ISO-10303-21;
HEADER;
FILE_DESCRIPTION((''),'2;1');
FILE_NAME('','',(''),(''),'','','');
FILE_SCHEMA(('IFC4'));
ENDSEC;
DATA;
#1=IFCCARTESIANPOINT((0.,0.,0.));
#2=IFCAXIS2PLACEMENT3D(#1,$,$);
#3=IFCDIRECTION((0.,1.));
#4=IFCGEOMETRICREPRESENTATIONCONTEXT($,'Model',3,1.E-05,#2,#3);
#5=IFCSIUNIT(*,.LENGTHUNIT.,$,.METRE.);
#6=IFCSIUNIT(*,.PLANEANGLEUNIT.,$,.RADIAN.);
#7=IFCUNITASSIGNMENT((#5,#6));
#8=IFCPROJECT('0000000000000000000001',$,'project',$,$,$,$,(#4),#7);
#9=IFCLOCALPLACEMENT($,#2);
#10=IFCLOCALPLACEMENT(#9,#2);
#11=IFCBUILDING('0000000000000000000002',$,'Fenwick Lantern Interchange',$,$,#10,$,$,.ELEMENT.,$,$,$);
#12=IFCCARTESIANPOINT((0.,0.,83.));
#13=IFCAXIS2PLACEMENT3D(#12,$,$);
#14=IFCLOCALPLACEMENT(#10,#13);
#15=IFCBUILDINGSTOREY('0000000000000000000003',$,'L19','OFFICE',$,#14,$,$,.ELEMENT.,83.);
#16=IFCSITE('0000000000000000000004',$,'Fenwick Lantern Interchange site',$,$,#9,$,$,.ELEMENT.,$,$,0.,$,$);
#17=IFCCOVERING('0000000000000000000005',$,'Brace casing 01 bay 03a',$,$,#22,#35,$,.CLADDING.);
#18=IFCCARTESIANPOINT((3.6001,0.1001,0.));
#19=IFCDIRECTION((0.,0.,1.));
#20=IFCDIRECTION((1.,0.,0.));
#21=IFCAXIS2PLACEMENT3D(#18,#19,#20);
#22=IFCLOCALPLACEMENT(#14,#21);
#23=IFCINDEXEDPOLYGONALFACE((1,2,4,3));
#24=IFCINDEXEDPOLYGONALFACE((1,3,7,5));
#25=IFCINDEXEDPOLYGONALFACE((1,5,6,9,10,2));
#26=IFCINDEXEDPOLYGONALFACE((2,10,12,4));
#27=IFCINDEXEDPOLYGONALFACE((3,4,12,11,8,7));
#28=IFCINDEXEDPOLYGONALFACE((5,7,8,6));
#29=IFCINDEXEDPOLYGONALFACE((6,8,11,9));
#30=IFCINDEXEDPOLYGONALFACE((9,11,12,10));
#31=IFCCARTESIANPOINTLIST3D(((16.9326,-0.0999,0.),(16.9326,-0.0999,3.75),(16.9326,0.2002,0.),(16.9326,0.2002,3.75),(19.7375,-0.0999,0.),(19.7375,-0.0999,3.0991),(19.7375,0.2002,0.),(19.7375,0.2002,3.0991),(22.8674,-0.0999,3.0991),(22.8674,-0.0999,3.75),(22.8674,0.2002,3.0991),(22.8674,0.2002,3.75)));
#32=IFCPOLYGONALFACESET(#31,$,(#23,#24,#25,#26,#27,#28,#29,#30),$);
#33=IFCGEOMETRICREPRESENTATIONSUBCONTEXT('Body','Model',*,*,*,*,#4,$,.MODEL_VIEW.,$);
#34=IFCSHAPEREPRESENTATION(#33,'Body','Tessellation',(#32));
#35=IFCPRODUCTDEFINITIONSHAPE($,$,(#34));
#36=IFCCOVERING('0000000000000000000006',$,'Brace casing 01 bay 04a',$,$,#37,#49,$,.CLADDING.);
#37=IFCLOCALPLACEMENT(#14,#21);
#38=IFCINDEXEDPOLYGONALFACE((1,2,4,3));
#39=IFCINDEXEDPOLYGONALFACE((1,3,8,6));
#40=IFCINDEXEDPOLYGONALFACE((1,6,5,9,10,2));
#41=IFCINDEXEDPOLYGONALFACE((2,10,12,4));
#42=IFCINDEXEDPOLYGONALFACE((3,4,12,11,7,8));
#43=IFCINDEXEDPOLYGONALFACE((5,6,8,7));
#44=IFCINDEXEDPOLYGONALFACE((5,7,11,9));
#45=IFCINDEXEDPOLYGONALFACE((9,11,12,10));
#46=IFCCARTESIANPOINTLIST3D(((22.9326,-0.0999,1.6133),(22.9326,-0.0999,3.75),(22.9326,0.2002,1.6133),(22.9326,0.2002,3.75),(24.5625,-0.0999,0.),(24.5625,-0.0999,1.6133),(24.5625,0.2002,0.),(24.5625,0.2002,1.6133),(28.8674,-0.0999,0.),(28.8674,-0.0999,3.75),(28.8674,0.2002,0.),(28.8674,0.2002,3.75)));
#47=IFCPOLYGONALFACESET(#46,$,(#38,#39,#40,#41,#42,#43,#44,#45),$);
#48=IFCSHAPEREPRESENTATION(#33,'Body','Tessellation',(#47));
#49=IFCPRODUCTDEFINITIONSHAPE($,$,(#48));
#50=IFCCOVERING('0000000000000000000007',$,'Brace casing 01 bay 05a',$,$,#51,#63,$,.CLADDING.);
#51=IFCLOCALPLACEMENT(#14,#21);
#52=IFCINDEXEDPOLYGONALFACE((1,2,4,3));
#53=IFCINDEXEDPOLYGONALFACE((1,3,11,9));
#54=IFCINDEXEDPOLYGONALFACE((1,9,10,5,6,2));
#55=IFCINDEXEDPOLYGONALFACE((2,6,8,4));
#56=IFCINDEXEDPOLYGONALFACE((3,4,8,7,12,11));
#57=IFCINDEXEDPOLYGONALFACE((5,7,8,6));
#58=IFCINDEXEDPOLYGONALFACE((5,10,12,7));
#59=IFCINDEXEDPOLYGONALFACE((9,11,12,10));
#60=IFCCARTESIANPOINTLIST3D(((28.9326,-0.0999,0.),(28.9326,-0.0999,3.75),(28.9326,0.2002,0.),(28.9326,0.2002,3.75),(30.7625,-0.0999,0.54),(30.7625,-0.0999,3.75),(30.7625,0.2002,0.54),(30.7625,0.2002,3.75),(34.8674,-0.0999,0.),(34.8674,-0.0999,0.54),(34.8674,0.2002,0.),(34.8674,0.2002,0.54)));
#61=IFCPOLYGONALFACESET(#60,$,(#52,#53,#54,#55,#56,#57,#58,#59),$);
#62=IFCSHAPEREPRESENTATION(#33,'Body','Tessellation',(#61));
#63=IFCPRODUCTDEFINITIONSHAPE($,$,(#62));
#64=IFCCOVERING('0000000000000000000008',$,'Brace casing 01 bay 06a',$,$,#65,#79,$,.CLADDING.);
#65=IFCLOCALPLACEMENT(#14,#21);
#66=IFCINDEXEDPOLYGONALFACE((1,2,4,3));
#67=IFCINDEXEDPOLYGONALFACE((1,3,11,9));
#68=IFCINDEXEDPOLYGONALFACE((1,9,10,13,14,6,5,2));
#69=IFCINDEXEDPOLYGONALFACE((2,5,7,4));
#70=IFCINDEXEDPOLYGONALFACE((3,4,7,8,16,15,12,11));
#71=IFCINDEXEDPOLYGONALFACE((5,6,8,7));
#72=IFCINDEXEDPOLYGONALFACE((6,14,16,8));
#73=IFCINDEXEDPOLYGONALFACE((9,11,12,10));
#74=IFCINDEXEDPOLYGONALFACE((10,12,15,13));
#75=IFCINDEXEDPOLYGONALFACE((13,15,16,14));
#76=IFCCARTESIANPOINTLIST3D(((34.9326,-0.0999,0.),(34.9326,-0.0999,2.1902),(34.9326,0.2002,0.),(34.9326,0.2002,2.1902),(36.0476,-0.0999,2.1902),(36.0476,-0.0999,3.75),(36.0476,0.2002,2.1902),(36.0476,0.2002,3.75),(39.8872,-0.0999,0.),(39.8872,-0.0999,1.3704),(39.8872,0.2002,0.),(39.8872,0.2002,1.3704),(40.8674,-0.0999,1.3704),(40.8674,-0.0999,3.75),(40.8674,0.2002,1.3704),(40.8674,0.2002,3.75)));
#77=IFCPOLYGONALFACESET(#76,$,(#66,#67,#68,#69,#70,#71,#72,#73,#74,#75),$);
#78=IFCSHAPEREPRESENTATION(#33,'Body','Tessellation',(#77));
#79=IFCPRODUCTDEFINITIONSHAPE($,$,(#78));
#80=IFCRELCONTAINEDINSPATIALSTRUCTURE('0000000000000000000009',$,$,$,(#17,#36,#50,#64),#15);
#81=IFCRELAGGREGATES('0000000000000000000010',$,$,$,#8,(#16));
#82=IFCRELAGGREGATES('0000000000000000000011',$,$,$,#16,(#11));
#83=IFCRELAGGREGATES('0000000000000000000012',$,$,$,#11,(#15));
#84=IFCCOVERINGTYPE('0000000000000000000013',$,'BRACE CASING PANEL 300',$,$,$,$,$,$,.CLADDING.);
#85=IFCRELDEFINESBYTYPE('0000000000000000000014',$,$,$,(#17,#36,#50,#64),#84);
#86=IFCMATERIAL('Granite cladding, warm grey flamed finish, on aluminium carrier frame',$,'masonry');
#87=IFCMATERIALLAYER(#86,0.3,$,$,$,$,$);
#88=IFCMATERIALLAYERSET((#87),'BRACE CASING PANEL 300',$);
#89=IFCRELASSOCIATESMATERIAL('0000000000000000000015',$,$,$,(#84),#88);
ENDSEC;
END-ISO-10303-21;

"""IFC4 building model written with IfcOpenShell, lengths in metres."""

from ifc_helpers import new_model, si_unit, direction, frame, origin, place, context, subcontext, project, spatial, polyline, outline, extrude, material, layer, layer_set, type_object, element, save


model = new_model("IFC4")

# Units and contexts
model_context = context("Model", 3, precision=1e-05, world=origin(), true_north=direction((0.0, 1.0)))
body_context = subcontext(model_context, "Body", "Model", "MODEL_VIEW")
ifc_project = project(units=[si_unit("LENGTHUNIT", "METRE"), si_unit("PLANEANGLEUNIT", "RADIAN")], contexts=[model_context])

# Site, building, storey
site_placement = place(None, origin())
site = spatial("IfcSite", under=ifc_project, at=site_placement, Name="Fenwick Lantern Interchange site", CompositionType="ELEMENT", RefElevation=0.0)
building_placement = place(site_placement, origin())
building = spatial("IfcBuilding", under=site, at=building_placement, Name="Fenwick Lantern Interchange", CompositionType="ELEMENT")
storey_placement = place(building_placement, frame((0.0, 0.0, 83.0)))
storey = spatial("IfcBuildingStorey", under=building, at=storey_placement, Name="L19", Description="OFFICE", CompositionType="ELEMENT", Elevation=83.0)

# Coverings
ifc_material_1 = material(Name="Granite cladding, warm grey flamed finish, on aluminium carrier frame", Category="masonry")
ifc_layer_1 = layer(ifc_material_1, 0.3)
ifc_layer_set_1 = layer_set([ifc_layer_1], Name="BRACE CASING PANEL 300")
covering_type = type_object("IfcCoveringType", Name="BRACE CASING PANEL 300", PredefinedType="CLADDING", material=ifc_layer_set_1)
covering_1_placement = place(storey_placement, frame((3.6001, 0.1001, 0.0), z_axis=(0.0, 0.0, 1.0), x_axis=(1.0, 0.0, 0.0)))
element("IfcCovering", 1, at=covering_1_placement, inside=storey, type_object=covering_type, Name="Brace casing 01 bay 03a", PredefinedType="CLADDING", context=body_context, shape_type="SweptSolid", body=[
    extrude(outline(polyline([(16.9326, 0.0), (19.7375, 0.0), (19.7375, 3.0991), (22.8674, 3.0991), (22.8674, 3.75), (16.9326, 3.75), (16.9326, 0.0)])), frame((0.0, 0.2002, 0.0), z_axis=(0.0, -1.0, 0.0), x_axis=(1.0, 0.0, 0.0)), (0.0, 0.0, 1.0), 0.3),
])
covering_2_placement = place(storey_placement, frame((3.6001, 0.1001, 0.0), z_axis=(0.0, 0.0, 1.0), x_axis=(1.0, 0.0, 0.0)))
element("IfcCovering", 2, at=covering_2_placement, inside=storey, type_object=covering_type, Name="Brace casing 01 bay 04a", PredefinedType="CLADDING", context=body_context, shape_type="SweptSolid", body=[
    extrude(outline(polyline([(24.5625, 0.0), (28.8674, 0.0), (28.8674, 3.75), (22.9326, 3.75), (22.9326, 1.6133), (24.5625, 1.6133), (24.5625, 0.0)])), frame((0.0, 0.2002, 0.0), z_axis=(0.0, -1.0, 0.0), x_axis=(1.0, 0.0, 0.0)), (0.0, 0.0, 1.0), 0.3),
])
covering_3_placement = place(storey_placement, frame((3.6001, 0.1001, 0.0), z_axis=(0.0, 0.0, 1.0), x_axis=(1.0, 0.0, 0.0)))
element("IfcCovering", 3, at=covering_3_placement, inside=storey, type_object=covering_type, Name="Brace casing 01 bay 05a", PredefinedType="CLADDING", context=body_context, shape_type="SweptSolid", body=[
    extrude(outline(polyline([(28.9326, 0.0), (34.8674, 0.0), (34.8674, 0.54), (30.7625, 0.54), (30.7625, 3.75), (28.9326, 3.75), (28.9326, 0.0)])), frame((0.0, 0.2002, 0.0), z_axis=(0.0, -1.0, 0.0), x_axis=(1.0, 0.0, 0.0)), (0.0, 0.0, 1.0), 0.3),
])
covering_4_placement = place(storey_placement, frame((3.6001, 0.1001, 0.0), z_axis=(0.0, 0.0, 1.0), x_axis=(1.0, 0.0, 0.0)))
element("IfcCovering", 4, at=covering_4_placement, inside=storey, type_object=covering_type, Name="Brace casing 01 bay 06a", PredefinedType="CLADDING", context=body_context, shape_type="SweptSolid", body=[
    extrude(outline(polyline([(34.9326, 0.0), (39.8872, 0.0), (39.8872, 1.3704), (40.8674, 1.3704), (40.8674, 3.75), (36.0476, 3.75), (36.0476, 2.1902), (34.9326, 2.1902), (34.9326, 0.0)])), frame((0.0, 0.2002, 0.0), z_axis=(0.0, -1.0, 0.0), x_axis=(1.0, 0.0, 0.0)), (0.0, 0.0, 1.0), 0.3),
])

save(model, "model.ifc")
